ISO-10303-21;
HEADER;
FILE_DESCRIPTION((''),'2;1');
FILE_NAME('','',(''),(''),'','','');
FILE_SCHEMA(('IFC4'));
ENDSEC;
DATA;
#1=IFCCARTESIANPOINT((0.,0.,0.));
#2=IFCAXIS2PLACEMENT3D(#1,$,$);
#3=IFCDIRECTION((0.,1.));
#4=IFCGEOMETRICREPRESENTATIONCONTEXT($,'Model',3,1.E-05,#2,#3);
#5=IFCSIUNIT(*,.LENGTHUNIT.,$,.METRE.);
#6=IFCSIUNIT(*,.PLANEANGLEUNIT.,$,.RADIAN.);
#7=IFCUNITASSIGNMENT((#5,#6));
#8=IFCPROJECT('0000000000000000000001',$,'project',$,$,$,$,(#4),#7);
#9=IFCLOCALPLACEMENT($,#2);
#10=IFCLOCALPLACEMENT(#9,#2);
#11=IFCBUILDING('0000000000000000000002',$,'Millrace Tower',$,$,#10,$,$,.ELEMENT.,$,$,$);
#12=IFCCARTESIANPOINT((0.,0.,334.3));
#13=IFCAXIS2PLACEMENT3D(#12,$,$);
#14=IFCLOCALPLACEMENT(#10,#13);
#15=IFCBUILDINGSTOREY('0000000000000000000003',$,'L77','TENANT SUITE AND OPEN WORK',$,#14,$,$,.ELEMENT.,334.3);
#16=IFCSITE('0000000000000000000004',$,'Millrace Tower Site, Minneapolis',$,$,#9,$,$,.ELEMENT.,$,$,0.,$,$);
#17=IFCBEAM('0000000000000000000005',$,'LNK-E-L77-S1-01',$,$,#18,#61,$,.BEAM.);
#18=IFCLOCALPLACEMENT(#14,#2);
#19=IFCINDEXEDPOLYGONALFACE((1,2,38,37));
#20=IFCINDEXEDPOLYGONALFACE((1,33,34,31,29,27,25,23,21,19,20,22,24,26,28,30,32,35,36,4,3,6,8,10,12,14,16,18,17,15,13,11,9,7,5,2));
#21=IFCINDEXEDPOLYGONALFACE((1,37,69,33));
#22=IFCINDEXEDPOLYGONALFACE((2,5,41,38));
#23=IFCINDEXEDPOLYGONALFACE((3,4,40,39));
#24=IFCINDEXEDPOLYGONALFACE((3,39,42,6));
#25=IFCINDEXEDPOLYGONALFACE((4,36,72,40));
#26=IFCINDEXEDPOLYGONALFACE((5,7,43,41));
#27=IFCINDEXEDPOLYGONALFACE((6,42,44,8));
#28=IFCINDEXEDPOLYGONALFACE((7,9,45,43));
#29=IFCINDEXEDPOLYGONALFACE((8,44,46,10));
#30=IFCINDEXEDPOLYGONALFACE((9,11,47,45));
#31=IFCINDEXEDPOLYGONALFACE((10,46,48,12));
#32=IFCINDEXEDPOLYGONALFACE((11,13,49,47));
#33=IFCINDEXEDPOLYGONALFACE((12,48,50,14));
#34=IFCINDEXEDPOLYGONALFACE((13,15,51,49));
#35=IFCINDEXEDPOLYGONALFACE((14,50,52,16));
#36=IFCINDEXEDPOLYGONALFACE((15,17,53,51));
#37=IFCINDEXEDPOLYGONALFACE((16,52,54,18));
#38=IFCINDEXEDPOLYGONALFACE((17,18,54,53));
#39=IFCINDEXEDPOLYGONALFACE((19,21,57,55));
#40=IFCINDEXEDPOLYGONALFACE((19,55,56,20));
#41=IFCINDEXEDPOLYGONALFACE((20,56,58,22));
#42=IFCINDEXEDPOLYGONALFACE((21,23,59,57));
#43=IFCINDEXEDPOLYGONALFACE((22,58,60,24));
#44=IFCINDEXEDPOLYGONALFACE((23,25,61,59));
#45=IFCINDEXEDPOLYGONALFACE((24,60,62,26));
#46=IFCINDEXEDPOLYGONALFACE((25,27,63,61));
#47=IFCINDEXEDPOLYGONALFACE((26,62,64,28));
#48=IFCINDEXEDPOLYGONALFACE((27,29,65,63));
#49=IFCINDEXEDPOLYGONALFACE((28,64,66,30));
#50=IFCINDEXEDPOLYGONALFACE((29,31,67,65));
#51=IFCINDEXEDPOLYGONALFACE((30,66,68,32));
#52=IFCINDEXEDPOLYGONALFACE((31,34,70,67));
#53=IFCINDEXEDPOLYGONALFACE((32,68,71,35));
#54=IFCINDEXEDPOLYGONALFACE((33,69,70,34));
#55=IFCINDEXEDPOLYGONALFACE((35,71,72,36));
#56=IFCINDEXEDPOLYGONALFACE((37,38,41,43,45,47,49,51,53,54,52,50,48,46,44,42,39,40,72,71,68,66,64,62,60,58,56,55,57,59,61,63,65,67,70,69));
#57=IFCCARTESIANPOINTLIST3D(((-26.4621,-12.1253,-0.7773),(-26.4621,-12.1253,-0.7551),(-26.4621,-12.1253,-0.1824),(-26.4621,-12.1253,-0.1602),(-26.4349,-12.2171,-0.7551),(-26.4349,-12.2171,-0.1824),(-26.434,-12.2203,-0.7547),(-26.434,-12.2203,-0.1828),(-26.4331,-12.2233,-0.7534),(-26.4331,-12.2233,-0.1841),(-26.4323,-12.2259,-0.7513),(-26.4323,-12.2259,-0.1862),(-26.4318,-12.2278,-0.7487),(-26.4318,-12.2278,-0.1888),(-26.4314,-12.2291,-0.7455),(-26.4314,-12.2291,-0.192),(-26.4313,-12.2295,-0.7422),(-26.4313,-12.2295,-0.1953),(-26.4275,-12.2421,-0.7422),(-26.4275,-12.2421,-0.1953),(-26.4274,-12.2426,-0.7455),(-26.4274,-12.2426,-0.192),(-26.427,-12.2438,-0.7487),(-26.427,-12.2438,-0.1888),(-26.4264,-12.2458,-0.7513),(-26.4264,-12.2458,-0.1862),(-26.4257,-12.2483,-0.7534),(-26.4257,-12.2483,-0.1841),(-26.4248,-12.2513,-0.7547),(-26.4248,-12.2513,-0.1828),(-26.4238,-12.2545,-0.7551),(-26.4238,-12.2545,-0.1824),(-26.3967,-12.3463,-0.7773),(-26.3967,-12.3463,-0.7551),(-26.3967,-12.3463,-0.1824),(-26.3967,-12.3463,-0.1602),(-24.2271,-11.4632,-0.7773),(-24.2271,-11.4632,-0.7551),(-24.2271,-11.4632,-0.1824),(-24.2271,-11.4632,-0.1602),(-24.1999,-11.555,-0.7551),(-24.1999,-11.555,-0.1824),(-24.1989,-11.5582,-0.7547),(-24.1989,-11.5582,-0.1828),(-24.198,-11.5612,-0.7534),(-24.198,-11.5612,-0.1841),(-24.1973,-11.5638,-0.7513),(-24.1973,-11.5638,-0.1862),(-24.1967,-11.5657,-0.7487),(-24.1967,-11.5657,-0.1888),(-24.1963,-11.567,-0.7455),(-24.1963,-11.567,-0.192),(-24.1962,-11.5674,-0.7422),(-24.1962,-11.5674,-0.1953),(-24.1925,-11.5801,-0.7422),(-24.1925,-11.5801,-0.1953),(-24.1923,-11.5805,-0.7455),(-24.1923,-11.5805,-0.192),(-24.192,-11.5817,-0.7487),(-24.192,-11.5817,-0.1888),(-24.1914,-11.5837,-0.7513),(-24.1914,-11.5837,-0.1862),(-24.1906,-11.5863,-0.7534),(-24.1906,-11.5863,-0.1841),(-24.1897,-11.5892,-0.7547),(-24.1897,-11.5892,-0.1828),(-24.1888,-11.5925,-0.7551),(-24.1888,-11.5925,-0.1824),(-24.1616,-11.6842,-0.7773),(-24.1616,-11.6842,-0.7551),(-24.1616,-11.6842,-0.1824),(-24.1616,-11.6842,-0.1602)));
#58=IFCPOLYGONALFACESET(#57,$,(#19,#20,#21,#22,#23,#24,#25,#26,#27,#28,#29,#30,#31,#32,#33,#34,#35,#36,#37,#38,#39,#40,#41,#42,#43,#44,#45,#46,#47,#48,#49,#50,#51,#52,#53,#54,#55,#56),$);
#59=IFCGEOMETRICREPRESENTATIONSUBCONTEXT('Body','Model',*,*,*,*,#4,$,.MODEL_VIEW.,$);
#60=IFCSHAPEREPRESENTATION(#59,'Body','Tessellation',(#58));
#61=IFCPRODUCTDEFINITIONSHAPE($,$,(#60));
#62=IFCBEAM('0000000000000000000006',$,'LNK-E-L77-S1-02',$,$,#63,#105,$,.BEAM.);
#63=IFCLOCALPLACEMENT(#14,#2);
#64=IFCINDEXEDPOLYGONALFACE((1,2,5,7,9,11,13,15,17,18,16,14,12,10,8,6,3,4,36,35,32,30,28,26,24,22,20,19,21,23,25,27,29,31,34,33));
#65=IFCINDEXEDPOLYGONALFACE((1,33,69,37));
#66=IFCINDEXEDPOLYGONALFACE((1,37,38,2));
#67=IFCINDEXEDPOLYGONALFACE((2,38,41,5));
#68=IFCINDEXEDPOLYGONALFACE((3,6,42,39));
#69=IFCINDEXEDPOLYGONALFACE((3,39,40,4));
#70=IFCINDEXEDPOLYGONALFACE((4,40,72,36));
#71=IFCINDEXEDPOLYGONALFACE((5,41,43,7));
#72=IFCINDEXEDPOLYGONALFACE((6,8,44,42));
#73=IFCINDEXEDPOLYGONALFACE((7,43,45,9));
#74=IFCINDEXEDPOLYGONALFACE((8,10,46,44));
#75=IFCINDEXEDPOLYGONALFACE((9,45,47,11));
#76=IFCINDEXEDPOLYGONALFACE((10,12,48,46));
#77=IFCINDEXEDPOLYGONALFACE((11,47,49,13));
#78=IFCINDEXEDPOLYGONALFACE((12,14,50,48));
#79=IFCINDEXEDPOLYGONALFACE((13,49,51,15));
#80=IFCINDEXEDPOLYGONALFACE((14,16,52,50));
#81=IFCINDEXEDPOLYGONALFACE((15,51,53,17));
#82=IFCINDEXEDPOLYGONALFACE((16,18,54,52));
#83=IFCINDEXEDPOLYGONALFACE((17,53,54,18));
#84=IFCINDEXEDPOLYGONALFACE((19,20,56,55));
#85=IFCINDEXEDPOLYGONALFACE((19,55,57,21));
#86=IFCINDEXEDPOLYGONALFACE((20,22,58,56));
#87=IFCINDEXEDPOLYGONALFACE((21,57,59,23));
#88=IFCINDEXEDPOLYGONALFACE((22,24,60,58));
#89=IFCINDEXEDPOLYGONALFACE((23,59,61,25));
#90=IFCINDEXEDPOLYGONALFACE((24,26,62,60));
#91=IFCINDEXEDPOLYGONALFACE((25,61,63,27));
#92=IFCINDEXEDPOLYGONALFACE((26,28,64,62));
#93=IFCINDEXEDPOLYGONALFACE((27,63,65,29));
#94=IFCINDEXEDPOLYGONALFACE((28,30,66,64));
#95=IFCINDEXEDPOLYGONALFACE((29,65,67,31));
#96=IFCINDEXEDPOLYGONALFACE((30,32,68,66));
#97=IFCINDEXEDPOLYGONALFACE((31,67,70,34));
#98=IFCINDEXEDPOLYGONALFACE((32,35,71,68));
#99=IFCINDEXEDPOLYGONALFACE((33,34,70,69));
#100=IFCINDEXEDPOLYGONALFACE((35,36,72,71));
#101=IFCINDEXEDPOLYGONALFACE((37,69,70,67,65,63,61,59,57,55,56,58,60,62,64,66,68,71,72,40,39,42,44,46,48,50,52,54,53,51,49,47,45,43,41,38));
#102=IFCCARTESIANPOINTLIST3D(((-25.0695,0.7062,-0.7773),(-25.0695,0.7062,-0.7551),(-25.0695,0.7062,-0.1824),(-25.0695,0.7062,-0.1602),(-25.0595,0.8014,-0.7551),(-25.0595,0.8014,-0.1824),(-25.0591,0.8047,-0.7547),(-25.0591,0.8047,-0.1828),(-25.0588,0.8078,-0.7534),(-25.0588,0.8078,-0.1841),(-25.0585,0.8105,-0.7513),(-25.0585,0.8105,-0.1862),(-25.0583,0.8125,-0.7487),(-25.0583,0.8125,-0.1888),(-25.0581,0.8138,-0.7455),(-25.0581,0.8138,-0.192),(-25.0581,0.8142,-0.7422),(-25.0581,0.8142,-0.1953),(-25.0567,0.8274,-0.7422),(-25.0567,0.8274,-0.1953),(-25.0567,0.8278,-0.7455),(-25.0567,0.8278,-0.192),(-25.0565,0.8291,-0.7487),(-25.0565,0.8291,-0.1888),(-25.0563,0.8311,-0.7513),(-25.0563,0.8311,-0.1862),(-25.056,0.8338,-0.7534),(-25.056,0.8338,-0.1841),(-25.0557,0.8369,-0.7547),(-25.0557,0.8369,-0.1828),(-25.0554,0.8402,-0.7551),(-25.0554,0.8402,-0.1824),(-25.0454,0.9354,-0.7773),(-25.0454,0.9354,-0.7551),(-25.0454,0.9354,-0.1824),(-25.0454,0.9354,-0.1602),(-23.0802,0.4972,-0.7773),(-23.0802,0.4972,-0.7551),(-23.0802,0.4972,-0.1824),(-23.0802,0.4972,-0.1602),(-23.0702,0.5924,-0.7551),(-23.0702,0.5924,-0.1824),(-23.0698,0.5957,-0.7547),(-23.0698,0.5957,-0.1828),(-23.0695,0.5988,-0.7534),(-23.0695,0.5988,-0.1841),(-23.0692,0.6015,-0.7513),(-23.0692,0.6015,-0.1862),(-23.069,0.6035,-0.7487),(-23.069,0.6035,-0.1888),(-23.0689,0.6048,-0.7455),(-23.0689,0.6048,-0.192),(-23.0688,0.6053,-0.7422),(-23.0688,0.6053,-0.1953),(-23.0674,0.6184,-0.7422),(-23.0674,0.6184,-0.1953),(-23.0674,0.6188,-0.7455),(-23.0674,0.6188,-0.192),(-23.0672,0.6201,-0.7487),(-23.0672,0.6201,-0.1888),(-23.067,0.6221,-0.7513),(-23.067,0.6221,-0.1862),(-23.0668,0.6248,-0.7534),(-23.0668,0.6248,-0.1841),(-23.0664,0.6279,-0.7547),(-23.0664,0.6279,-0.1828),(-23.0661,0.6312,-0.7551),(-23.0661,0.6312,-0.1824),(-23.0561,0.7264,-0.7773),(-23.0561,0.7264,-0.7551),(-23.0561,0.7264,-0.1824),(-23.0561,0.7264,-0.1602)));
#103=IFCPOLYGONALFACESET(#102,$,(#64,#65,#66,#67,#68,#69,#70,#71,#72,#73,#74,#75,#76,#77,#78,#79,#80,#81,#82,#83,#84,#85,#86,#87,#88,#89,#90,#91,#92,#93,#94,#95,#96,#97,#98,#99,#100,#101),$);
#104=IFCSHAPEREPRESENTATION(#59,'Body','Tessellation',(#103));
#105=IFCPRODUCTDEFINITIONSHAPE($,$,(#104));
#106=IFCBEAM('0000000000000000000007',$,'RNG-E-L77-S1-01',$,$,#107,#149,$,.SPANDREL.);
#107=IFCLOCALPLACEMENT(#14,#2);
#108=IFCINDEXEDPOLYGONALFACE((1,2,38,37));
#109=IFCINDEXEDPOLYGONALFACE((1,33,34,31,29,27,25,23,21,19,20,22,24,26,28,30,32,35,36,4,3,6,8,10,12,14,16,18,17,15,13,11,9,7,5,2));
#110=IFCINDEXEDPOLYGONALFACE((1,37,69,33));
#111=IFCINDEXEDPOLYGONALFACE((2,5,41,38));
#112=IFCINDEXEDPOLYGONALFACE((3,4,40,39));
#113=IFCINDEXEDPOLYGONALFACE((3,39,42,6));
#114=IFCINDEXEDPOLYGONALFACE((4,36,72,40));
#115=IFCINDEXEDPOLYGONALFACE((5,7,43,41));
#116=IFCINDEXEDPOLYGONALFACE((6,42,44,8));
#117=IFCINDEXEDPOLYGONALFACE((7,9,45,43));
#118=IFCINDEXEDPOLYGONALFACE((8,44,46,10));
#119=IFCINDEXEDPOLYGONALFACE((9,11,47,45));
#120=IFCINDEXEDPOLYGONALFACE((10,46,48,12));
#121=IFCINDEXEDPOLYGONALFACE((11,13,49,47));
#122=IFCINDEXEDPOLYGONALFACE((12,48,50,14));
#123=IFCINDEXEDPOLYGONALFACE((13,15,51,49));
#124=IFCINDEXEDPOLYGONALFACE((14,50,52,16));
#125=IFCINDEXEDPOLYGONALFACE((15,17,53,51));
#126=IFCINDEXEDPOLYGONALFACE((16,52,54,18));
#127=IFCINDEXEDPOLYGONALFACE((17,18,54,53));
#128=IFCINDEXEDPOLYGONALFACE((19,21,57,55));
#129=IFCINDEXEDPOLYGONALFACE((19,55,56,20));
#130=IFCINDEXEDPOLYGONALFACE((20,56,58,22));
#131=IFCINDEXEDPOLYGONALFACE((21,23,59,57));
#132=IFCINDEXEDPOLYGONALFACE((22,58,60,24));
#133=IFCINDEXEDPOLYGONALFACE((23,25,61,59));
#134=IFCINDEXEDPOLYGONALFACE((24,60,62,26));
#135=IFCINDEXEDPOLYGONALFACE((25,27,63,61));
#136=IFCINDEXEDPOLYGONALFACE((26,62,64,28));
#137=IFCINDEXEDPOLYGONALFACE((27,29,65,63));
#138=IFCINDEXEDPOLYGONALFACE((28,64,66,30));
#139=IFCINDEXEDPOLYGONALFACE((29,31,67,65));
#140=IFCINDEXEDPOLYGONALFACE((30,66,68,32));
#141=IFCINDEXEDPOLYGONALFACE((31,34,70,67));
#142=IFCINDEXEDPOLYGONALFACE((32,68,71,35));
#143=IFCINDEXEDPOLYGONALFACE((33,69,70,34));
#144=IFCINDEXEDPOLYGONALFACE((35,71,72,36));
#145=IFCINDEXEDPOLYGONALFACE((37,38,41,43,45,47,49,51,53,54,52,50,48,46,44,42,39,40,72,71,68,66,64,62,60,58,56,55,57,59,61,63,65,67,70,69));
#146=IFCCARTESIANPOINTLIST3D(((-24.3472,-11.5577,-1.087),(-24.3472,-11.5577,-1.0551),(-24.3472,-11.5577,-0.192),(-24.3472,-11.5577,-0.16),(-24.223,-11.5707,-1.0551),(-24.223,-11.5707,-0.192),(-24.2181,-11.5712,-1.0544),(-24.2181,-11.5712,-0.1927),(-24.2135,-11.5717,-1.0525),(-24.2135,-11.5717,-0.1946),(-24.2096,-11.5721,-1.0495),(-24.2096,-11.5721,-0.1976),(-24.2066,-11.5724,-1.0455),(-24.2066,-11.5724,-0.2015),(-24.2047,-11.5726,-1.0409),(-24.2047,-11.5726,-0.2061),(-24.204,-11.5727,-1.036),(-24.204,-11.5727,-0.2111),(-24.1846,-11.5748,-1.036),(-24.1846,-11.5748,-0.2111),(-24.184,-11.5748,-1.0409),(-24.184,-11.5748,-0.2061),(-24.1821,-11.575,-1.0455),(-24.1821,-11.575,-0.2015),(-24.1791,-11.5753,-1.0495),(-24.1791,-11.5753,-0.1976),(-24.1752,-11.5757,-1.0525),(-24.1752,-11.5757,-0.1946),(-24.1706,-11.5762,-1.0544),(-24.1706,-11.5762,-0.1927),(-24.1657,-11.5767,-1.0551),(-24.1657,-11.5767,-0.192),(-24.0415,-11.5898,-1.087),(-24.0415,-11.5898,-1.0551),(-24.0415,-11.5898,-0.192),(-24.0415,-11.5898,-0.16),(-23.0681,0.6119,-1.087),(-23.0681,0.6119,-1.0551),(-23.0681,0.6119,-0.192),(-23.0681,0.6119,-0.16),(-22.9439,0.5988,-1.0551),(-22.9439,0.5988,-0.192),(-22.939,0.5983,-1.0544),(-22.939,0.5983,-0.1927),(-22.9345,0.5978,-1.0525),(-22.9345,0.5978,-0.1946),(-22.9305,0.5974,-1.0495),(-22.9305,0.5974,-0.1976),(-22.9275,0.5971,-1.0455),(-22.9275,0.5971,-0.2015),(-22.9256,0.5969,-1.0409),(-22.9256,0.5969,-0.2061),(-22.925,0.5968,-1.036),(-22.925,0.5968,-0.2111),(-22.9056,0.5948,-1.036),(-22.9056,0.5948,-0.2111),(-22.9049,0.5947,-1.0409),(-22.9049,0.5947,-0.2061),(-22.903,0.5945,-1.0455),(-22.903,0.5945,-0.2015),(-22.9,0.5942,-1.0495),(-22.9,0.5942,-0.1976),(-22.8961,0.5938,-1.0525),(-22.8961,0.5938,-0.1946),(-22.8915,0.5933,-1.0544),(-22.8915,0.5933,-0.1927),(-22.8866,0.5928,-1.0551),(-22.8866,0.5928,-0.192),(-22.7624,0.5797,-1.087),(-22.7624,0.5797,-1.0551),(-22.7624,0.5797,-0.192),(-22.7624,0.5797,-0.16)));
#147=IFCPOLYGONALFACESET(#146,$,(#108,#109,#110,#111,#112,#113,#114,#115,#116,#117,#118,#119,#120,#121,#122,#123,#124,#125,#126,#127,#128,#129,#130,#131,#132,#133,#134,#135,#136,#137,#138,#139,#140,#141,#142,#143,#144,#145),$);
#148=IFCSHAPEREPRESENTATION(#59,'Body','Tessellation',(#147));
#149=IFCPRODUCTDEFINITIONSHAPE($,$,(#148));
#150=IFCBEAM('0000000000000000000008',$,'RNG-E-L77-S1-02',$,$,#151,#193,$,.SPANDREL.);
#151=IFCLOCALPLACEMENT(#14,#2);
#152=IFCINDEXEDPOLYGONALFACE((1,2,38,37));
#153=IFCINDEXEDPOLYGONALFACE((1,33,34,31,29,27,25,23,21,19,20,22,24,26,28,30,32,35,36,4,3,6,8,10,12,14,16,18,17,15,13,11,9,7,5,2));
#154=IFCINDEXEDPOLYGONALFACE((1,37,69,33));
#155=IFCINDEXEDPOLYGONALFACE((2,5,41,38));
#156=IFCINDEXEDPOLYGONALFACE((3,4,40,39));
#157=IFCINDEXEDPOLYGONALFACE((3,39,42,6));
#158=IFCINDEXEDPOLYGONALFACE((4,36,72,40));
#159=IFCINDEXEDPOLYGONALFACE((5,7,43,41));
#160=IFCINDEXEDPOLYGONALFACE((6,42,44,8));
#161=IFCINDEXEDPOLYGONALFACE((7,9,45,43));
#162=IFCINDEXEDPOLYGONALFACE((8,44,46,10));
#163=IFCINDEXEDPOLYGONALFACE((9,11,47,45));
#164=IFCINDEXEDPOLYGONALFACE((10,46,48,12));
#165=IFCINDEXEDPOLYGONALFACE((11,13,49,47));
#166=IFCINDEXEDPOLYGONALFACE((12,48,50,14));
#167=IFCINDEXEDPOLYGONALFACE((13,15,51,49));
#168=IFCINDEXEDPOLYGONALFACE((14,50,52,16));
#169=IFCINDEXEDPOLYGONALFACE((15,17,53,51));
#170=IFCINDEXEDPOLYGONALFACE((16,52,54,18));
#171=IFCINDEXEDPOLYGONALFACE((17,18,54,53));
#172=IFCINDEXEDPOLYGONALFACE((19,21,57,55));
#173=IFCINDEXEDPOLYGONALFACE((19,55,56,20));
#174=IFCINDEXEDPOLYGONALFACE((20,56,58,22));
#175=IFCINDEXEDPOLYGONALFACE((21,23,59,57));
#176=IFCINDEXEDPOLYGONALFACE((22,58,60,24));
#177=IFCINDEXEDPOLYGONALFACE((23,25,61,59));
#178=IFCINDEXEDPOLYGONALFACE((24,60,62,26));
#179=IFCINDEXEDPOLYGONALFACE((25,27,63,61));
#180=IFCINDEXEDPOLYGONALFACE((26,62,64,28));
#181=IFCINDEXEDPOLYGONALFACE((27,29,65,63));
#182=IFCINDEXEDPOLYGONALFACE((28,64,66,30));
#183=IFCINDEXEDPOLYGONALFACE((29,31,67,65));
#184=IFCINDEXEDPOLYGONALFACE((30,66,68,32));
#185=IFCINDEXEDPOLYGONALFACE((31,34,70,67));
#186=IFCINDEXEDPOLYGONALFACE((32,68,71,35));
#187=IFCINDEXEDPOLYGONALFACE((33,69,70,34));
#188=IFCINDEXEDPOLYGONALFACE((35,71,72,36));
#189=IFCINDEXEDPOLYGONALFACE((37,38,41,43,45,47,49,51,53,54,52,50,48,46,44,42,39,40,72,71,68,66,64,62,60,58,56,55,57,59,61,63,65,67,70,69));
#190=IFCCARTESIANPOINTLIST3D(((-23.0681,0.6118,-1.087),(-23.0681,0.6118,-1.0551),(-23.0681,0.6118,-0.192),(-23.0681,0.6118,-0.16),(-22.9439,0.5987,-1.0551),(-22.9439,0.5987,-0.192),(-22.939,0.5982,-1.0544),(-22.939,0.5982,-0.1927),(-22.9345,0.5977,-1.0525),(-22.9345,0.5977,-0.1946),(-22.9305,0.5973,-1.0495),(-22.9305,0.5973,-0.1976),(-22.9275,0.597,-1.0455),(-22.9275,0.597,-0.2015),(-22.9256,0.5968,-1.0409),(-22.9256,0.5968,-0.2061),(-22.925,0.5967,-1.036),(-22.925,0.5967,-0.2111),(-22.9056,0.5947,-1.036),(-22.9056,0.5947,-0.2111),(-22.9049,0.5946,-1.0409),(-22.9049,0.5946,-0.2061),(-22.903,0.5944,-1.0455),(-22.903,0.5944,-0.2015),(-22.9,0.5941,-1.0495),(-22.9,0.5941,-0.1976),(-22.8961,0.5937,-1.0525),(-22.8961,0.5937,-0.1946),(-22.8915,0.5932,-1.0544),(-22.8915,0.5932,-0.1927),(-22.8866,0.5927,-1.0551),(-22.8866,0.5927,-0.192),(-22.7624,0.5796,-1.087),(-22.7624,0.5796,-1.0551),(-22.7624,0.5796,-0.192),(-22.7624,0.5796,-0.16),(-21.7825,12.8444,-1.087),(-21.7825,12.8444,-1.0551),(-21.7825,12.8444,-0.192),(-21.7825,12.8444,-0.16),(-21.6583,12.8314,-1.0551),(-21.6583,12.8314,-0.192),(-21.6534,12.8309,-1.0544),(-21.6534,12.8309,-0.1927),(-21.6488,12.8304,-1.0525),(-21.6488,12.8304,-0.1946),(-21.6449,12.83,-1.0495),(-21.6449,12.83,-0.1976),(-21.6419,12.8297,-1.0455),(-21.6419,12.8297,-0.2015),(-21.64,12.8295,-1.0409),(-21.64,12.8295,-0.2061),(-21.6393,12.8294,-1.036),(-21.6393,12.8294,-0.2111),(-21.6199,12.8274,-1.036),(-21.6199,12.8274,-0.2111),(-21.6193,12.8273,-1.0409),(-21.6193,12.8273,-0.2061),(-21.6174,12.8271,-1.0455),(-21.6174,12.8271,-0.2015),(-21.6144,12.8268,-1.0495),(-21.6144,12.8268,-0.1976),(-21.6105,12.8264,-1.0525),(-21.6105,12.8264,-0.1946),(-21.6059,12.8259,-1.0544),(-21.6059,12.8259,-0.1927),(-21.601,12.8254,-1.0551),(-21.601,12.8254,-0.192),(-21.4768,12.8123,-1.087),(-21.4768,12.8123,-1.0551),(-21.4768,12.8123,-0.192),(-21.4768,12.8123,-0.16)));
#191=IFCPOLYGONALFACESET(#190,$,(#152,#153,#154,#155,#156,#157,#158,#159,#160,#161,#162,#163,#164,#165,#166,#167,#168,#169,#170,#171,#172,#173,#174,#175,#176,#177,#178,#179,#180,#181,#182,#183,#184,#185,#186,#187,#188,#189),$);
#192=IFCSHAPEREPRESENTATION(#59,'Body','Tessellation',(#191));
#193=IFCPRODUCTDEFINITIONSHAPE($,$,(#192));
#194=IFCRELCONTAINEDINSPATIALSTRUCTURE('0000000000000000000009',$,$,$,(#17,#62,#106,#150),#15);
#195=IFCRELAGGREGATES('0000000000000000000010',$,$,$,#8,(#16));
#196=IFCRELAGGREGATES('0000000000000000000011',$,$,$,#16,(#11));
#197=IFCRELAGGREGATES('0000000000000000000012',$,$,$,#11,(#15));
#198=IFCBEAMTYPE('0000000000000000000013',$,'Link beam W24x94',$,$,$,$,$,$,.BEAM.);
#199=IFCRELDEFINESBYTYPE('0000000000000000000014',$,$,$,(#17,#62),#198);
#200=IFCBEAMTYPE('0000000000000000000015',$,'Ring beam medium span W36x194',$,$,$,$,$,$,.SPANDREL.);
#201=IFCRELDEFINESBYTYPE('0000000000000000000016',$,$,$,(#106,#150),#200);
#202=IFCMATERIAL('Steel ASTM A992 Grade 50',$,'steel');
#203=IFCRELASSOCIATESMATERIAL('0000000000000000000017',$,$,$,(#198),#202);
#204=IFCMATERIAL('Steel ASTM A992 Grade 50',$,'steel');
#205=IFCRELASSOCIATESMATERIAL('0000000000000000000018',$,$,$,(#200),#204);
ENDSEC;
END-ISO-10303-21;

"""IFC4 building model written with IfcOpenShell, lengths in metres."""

from ifc_helpers import new_model, si_unit, direction, frame, origin, origin_2d, place, context, subcontext, project, spatial, i_section, extrude, material, material_profile, profile_set, type_object, element, save


model = new_model("IFC4")

# Units and contexts
model_context = context("Model", 3, precision=1e-05, world=origin(), true_north=direction((0.0, 1.0)))
body_context = subcontext(model_context, "Body", "Model", "MODEL_VIEW")
ifc_project = project(units=[si_unit("LENGTHUNIT", "METRE"), si_unit("PLANEANGLEUNIT", "RADIAN")], contexts=[model_context])

# Site, building, storey
site_placement = place(None, origin())
site = spatial("IfcSite", under=ifc_project, at=site_placement, Name="Millrace Tower Site, Minneapolis", CompositionType="ELEMENT", RefElevation=0.0)
building_placement = place(site_placement, origin())
building = spatial("IfcBuilding", under=site, at=building_placement, Name="Millrace Tower", CompositionType="ELEMENT")
storey_placement = place(building_placement, frame((0.0, 0.0, 334.3)))
storey = spatial("IfcBuildingStorey", under=building, at=storey_placement, Name="L77", Description="TENANT SUITE AND OPEN WORK", CompositionType="ELEMENT", Elevation=334.3)

# Beams
ifc_material_1 = material(Name="Steel ASTM A992 Grade 50", Category="steel")
ifc_material_profile_1 = material_profile(ifc_material_1, i_section(OverallWidth=0.2305, OverallDepth=0.6172, WebThickness=0.0132, FlangeThickness=0.0222, FilletRadius=0.0129, at=origin_2d()))
ifc_profile_set_1 = profile_set([ifc_material_profile_1], Name="Steel ASTM A992 Grade 50")
beam_type_1 = type_object("IfcBeamType", Name="Link beam W24x94", PredefinedType="BEAM", material=ifc_profile_set_1)
beam_1_placement = place(storey_placement, frame((-24.1943, -11.5737, -0.4688), z_axis=(-0.958815, -0.284031, 0.0), x_axis=(0.284031, -0.958815, 0.0)))
element("IfcBeam", 1, at=beam_1_placement, inside=storey, type_object=beam_type_1, Name="LNK-E-L77-S1-01", PredefinedType="BEAM", context=body_context, shape_type="SweptSolid", body=[
    extrude(i_section(OverallWidth=0.2305, OverallDepth=0.6172, WebThickness=0.0132, FlangeThickness=0.0222, FilletRadius=0.0129, at=origin_2d()), origin(), (0.0, 0.0, 1.0), 2.3311),
])
beam_2_placement = place(storey_placement, frame((-23.0681, 0.6118, -0.4688), z_axis=(-0.994527, 0.104481, 0.0), x_axis=(-0.104481, -0.994527, 0.0)))
element("IfcBeam", 2, at=beam_2_placement, inside=storey, type_object=beam_type_1, Name="LNK-E-L77-S1-02", PredefinedType="BEAM", context=body_context, shape_type="SweptSolid", body=[
    extrude(i_section(OverallWidth=0.2305, OverallDepth=0.6172, WebThickness=0.0132, FlangeThickness=0.0222, FilletRadius=0.0129, at=origin_2d()), origin(), (0.0, 0.0, 1.0), 2.0002),
])
ifc_material_2 = material(Name="Steel ASTM A992 Grade 50", Category="steel")
ifc_material_profile_2 = material_profile(ifc_material_2, i_section(OverallWidth=0.3074, OverallDepth=0.927, WebThickness=0.0195, FlangeThickness=0.032, FilletRadius=0.019, at=origin_2d()))
ifc_profile_set_2 = profile_set([ifc_material_profile_2], Name="Steel ASTM A992 Grade 50")
beam_type_2 = type_object("IfcBeamType", Name="Ring beam medium span W36x194", PredefinedType="SPANDREL", material=ifc_profile_set_2)
beam_3_placement = place(storey_placement, frame((-24.1943, -11.5737, -0.6235), z_axis=(0.104528, 0.994522, 0.0), x_axis=(-0.994522, 0.104528, 0.0)))
element("IfcBeam", 3, at=beam_3_placement, inside=storey, type_object=beam_type_2, Name="RNG-E-L77-S1-01", PredefinedType="SPANDREL", context=body_context, shape_type="SweptSolid", body=[
    extrude(i_section(OverallWidth=0.3074, OverallDepth=0.927, WebThickness=0.0195, FlangeThickness=0.032, FilletRadius=0.019, at=origin_2d()), origin(), (0.0, 0.0, 1.0), 12.2366),
])
beam_4_placement = place(storey_placement, frame((-22.9153, 0.5957, -0.6235), z_axis=(0.104524, 0.994522, 0.0), x_axis=(-0.994522, 0.104524, 0.0)))
element("IfcBeam", 4, at=beam_4_placement, inside=storey, type_object=beam_type_2, Name="RNG-E-L77-S1-02", PredefinedType="SPANDREL", context=body_context, shape_type="SweptSolid", body=[
    extrude(i_section(OverallWidth=0.3074, OverallDepth=0.927, WebThickness=0.0195, FlangeThickness=0.032, FilletRadius=0.019, at=origin_2d()), origin(), (0.0, 0.0, 1.0), 12.3),
])

save(model, "model.ifc")
